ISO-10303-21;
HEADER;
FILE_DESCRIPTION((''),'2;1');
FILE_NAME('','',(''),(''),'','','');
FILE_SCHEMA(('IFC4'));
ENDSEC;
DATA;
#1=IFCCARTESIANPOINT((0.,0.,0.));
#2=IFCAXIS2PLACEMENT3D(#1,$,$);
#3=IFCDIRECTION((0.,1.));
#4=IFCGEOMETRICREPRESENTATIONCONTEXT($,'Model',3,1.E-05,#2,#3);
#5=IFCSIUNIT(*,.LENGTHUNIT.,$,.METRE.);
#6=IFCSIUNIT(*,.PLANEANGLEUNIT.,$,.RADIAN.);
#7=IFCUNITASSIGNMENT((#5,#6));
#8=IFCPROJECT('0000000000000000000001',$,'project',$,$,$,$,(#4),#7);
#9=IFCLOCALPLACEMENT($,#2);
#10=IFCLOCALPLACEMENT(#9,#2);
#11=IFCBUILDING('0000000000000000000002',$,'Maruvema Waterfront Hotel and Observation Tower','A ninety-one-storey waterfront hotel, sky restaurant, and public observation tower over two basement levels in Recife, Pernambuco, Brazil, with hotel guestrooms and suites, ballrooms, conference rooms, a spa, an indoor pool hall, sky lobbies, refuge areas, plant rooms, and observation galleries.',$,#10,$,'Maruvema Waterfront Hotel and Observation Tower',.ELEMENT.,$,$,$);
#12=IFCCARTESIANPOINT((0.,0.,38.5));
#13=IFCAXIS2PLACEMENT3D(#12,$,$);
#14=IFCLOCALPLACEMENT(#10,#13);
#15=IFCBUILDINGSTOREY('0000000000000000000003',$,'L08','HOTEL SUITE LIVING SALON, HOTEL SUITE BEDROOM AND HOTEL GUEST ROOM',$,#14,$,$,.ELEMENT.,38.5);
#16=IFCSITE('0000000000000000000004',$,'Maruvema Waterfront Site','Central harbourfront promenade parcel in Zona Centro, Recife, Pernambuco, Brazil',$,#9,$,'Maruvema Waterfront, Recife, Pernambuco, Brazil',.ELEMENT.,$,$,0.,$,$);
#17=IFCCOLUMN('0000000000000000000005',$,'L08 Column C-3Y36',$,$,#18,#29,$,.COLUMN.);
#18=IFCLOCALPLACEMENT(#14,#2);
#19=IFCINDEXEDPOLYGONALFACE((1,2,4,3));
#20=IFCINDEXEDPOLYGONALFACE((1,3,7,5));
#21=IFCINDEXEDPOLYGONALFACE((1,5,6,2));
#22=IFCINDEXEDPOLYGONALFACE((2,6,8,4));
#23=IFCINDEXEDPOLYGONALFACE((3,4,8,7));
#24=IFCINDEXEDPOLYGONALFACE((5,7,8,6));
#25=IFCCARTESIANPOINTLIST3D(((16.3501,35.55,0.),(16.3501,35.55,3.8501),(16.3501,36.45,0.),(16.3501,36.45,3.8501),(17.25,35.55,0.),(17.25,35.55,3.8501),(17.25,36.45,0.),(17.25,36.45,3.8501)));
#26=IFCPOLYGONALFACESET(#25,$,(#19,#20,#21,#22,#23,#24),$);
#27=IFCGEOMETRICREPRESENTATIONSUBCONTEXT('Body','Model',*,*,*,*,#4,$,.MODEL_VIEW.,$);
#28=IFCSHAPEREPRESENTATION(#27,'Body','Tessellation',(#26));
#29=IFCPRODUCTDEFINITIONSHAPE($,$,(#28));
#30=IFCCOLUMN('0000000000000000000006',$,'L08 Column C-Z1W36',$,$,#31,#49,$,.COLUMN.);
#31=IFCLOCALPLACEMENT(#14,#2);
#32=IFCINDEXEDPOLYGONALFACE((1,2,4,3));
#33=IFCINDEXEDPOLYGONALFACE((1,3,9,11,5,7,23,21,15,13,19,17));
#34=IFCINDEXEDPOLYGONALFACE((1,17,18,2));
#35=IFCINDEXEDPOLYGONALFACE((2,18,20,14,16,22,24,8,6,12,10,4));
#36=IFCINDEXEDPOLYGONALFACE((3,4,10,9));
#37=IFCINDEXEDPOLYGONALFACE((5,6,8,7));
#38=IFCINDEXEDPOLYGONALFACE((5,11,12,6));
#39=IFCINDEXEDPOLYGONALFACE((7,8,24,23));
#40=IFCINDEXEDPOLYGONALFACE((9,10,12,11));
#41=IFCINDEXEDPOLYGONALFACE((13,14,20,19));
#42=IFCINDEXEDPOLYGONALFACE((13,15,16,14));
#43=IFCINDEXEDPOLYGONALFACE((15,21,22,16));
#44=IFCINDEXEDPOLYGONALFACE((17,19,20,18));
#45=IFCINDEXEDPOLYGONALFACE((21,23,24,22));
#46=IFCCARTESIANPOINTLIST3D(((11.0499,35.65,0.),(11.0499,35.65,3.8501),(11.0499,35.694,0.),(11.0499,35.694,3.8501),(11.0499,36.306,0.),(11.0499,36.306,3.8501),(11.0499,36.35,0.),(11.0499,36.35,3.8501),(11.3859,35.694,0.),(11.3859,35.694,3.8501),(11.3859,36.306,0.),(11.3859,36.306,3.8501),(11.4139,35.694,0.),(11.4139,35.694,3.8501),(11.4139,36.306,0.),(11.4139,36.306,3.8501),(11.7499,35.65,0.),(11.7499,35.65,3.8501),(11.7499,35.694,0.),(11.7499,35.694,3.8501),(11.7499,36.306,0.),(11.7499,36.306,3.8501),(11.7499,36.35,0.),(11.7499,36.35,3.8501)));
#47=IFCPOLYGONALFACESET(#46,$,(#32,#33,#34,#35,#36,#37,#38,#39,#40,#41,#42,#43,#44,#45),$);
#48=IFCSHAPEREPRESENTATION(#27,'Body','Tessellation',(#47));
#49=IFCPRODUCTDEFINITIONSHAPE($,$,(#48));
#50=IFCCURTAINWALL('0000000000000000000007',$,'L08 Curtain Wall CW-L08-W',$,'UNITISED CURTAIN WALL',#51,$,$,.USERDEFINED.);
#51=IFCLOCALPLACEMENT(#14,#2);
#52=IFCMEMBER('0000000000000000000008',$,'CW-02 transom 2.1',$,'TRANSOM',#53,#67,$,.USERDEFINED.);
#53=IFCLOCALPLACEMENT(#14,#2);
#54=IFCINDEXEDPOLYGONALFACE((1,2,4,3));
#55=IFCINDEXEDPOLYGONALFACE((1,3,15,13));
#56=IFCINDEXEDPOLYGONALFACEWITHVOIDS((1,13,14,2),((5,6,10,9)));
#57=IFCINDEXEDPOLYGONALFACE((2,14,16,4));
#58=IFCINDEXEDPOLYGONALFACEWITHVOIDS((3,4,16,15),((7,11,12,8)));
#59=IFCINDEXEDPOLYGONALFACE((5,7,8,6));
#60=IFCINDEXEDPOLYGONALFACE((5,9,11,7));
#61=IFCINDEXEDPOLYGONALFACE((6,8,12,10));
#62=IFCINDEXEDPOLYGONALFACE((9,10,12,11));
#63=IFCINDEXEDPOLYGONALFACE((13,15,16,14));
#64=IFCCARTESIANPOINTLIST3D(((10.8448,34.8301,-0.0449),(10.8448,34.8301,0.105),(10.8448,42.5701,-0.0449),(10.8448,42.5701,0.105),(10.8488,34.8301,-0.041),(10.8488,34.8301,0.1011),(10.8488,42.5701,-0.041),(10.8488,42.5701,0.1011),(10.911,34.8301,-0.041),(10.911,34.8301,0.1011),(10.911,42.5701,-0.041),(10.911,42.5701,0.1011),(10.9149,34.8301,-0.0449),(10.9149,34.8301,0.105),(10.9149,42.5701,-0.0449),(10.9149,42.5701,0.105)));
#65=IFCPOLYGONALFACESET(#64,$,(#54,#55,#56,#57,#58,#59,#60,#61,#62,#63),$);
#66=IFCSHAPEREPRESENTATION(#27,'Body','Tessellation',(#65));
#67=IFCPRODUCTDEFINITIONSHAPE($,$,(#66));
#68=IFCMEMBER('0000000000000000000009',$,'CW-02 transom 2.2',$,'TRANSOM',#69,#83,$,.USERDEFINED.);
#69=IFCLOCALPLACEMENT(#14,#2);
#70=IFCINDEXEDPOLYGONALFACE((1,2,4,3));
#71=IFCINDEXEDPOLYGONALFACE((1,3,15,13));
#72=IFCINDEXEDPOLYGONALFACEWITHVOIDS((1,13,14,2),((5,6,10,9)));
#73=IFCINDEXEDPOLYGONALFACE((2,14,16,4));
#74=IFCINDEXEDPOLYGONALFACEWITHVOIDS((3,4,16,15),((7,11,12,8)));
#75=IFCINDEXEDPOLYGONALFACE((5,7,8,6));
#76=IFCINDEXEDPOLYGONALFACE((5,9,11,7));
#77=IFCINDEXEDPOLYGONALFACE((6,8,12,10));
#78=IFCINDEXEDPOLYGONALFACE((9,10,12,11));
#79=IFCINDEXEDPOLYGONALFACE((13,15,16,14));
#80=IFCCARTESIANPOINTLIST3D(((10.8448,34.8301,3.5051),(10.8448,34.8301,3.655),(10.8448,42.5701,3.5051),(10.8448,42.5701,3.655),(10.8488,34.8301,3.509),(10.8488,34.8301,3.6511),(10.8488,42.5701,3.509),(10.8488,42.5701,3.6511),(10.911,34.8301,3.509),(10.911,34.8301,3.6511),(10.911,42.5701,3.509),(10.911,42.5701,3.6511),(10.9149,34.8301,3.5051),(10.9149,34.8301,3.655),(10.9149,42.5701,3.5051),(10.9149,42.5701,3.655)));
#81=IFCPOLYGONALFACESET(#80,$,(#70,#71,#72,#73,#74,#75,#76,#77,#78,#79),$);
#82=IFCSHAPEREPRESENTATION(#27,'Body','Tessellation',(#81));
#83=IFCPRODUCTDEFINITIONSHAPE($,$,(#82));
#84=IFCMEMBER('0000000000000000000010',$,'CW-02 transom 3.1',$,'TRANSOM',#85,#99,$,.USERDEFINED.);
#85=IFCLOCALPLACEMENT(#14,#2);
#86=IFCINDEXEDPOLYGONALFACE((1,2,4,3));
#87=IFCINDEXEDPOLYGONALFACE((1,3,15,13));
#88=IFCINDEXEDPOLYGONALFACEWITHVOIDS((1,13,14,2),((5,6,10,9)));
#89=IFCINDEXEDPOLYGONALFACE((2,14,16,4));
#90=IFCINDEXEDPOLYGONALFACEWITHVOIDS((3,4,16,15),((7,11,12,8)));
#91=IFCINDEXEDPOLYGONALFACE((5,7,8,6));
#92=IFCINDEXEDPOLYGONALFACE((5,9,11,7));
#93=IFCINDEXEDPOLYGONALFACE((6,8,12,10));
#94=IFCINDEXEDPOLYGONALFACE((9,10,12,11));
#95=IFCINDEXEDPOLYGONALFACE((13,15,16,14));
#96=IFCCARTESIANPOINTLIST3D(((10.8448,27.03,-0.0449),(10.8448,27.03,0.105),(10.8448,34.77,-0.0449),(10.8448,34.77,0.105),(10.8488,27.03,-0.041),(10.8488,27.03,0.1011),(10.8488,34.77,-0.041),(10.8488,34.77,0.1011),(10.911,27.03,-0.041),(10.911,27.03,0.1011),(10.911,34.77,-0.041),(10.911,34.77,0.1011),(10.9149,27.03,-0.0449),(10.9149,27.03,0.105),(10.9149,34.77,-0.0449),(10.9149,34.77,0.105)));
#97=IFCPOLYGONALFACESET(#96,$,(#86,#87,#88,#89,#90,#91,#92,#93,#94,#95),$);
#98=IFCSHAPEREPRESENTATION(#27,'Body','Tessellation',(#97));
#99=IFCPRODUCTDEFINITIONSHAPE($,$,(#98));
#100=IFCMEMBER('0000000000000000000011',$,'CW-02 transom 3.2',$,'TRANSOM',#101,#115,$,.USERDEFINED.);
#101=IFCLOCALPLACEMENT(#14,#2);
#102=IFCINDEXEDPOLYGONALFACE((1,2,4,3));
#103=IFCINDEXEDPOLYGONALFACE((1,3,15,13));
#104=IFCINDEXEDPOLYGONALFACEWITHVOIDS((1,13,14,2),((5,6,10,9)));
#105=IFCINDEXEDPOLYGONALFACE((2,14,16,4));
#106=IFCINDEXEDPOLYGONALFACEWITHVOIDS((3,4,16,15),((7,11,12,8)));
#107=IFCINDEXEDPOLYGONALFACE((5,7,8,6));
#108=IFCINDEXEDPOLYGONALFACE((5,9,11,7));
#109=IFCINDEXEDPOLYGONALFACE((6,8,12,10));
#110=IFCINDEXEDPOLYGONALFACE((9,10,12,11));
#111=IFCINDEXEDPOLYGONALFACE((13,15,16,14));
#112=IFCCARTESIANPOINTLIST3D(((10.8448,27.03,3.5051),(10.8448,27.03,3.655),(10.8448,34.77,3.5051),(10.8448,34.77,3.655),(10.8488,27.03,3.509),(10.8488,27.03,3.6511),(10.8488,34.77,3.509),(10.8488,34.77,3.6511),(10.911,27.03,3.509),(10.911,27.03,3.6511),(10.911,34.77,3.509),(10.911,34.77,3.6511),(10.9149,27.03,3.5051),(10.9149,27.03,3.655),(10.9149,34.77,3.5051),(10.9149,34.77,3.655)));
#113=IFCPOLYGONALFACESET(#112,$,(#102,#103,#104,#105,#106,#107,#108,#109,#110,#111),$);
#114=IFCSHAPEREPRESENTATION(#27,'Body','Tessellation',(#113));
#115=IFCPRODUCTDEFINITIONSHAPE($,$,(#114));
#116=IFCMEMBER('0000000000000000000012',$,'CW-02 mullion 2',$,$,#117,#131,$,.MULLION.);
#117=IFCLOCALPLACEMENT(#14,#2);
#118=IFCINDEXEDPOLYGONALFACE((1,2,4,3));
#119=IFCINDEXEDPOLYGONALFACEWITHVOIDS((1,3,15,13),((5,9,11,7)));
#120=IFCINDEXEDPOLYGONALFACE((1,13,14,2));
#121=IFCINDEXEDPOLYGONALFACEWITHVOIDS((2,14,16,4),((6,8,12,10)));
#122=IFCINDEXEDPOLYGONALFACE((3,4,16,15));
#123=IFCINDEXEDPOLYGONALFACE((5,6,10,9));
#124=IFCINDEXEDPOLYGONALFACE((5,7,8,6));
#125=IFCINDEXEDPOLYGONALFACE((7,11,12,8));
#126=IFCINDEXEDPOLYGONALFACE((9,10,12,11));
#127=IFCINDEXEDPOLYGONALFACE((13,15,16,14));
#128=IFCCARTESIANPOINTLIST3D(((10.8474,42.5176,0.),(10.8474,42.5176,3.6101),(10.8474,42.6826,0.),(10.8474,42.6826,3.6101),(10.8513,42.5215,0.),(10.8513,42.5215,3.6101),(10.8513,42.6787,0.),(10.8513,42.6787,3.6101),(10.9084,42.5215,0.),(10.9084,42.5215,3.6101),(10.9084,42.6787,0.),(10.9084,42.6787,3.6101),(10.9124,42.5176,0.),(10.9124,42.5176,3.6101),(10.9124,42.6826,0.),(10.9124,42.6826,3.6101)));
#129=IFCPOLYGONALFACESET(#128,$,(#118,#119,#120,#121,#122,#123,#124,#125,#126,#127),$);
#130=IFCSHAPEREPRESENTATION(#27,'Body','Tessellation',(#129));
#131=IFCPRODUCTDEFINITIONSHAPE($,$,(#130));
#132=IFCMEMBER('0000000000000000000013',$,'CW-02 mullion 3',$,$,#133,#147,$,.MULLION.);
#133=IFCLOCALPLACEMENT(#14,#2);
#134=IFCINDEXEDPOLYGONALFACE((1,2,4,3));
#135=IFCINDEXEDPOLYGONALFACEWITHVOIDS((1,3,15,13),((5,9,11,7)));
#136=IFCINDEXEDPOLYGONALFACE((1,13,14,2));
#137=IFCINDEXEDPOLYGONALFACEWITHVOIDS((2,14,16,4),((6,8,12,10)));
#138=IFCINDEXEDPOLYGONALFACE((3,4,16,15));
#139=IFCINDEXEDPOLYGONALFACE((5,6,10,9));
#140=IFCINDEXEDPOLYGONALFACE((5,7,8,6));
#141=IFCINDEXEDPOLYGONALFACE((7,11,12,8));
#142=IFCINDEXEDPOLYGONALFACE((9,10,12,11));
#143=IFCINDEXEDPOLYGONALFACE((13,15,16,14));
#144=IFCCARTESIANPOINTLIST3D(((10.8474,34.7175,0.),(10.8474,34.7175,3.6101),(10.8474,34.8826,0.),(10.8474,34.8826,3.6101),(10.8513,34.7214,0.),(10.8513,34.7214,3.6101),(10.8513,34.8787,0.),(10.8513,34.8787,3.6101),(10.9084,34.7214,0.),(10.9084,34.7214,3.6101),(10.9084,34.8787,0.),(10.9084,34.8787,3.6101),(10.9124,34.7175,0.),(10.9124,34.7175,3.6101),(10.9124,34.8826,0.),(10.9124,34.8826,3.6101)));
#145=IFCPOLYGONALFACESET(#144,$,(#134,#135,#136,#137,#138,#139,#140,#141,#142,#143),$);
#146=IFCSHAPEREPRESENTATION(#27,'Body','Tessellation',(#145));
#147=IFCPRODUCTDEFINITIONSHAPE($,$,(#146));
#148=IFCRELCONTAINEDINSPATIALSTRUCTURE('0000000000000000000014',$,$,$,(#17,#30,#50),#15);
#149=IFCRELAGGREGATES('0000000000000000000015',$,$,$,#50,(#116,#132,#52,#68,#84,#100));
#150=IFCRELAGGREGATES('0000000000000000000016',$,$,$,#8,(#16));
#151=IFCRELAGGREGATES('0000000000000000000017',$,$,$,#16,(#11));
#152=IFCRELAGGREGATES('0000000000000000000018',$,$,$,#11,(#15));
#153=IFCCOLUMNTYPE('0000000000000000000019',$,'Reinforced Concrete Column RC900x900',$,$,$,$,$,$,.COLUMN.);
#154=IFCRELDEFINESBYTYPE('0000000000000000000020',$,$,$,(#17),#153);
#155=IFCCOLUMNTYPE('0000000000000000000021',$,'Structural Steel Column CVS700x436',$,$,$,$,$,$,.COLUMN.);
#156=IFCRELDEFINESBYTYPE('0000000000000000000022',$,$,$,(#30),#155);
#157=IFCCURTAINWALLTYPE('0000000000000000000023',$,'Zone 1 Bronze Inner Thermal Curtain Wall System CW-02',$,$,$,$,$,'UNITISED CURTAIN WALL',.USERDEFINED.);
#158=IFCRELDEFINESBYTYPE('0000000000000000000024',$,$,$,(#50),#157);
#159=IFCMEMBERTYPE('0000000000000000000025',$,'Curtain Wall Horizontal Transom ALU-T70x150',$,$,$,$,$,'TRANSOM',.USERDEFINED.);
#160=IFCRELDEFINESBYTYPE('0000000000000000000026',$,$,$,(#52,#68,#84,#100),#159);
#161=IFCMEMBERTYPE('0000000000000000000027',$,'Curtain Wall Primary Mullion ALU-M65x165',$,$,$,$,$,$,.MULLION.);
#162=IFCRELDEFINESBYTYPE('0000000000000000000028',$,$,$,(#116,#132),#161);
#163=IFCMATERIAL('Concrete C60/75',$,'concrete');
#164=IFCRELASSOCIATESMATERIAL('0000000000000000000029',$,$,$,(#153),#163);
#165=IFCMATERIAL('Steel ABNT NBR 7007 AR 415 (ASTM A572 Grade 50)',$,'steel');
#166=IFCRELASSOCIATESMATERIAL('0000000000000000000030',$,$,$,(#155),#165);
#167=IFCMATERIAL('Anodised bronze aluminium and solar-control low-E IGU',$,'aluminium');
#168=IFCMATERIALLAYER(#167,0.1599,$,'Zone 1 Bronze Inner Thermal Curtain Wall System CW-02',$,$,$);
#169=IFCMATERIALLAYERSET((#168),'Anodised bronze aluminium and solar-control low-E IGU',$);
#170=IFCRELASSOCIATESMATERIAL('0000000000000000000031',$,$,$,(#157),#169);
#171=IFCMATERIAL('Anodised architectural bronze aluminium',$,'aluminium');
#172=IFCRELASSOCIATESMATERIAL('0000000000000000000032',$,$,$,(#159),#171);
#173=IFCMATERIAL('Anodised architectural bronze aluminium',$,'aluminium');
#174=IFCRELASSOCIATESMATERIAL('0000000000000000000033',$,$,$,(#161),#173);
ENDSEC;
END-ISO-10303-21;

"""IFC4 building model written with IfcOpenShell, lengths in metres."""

from ifc_helpers import new_model, si_unit, direction, frame, origin, origin_2d, place, context, subcontext, project, spatial, rectangle, hollow_rectangle, i_section, extrude, material, layer, layer_set, material_profile, profile_set, type_object, element, aggregate, save


model = new_model("IFC4")

# Units and contexts
model_context = context("Model", 3, precision=1e-05, world=origin(), true_north=direction((0.0, 1.0)))
body_context = subcontext(model_context, "Body", "Model", "MODEL_VIEW")
ifc_project = project(units=[si_unit("LENGTHUNIT", "METRE"), si_unit("PLANEANGLEUNIT", "RADIAN")], contexts=[model_context])

# Site, building, storey
site_placement = place(None, origin())
site = spatial("IfcSite", under=ifc_project, at=site_placement, Name="Maruvema Waterfront Site", Description="Central harbourfront promenade parcel in Zona Centro, Recife, Pernambuco, Brazil", LongName="Maruvema Waterfront, Recife, Pernambuco, Brazil", CompositionType="ELEMENT", RefElevation=0.0)
building_placement = place(site_placement, origin())
building = spatial("IfcBuilding", under=site, at=building_placement, Name="Maruvema Waterfront Hotel and Observation Tower", Description="A ninety-one-storey waterfront hotel, sky restaurant, and public observation tower over two basement levels in Recife, Pernambuco, Brazil, with hotel guestrooms and suites, ballrooms, conference rooms, a spa, an indoor pool hall, sky lobbies, refuge areas, plant rooms, and observation galleries.", LongName="Maruvema Waterfront Hotel and Observation Tower", CompositionType="ELEMENT")
storey_placement = place(building_placement, frame((0.0, 0.0, 38.5)))
storey = spatial("IfcBuildingStorey", under=building, at=storey_placement, Name="L08", Description="HOTEL SUITE LIVING SALON, HOTEL SUITE BEDROOM AND HOTEL GUEST ROOM", CompositionType="ELEMENT", Elevation=38.5)

# Columns
ifc_material_1 = material(Name="Concrete C60/75", Category="concrete")
ifc_material_profile_1 = material_profile(ifc_material_1, rectangle(XDim=0.8999, YDim=0.8999, at=origin_2d()), Name="RC900x900")
ifc_profile_set_1 = profile_set([ifc_material_profile_1], Name="Concrete C60/75")
column_type_1 = type_object("IfcColumnType", Name="Reinforced Concrete Column RC900x900", PredefinedType="COLUMN", material=ifc_profile_set_1)
column_1_placement = place(storey_placement, frame((16.8, 36.0, 0.0), z_axis=(0.0, 0.0, 1.0), x_axis=(1.0, 0.0, 0.0)))
element("IfcColumn", 1, at=column_1_placement, inside=storey, type_object=column_type_1, Name="L08 Column C-3Y36", PredefinedType="COLUMN", context=body_context, shape_type="SweptSolid", body=[
    extrude(rectangle(XDim=0.8999, YDim=0.8999, at=origin_2d()), origin(), (0.0, 0.0, 1.0), 3.8501),
])
ifc_material_2 = material(Name="Steel ABNT NBR 7007 AR 415 (ASTM A572 Grade 50)", Category="steel")
ifc_material_profile_2 = material_profile(ifc_material_2, i_section(OverallWidth=0.7, OverallDepth=0.7, WebThickness=0.0281, FlangeThickness=0.0439, at=origin_2d()), Name="CVS700x436")
ifc_profile_set_2 = profile_set([ifc_material_profile_2], Name="Steel ABNT NBR 7007 AR 415 (ASTM A572 Grade 50)")
column_type_2 = type_object("IfcColumnType", Name="Structural Steel Column CVS700x436", PredefinedType="COLUMN", material=ifc_profile_set_2)
column_2_placement = place(storey_placement, frame((11.3999, 36.0, 0.0), z_axis=(0.0, 0.0, 1.0), x_axis=(1.0, 0.0, 0.0)))
element("IfcColumn", 2, at=column_2_placement, inside=storey, type_object=column_type_2, Name="L08 Column C-Z1W36", PredefinedType="COLUMN", context=body_context, shape_type="SweptSolid", body=[
    extrude(i_section(OverallWidth=0.7, OverallDepth=0.7, WebThickness=0.0281, FlangeThickness=0.0439, at=origin_2d()), origin(), (0.0, 0.0, 1.0), 3.8501),
])

# Curtain wall, members
ifc_material_3 = material(Name="Anodised bronze aluminium and solar-control low-E IGU", Category="aluminium")
ifc_layer_1 = layer(ifc_material_3, 0.1599, Name="Zone 1 Bronze Inner Thermal Curtain Wall System CW-02")
ifc_layer_set_1 = layer_set([ifc_layer_1], Name="Anodised bronze aluminium and solar-control low-E IGU")
curtain_wall_type = type_object("IfcCurtainWallType", Name="Zone 1 Bronze Inner Thermal Curtain Wall System CW-02", ElementType="UNITISED CURTAIN WALL", PredefinedType="USERDEFINED", material=ifc_layer_set_1)
curtain_wall_placement = place(storey_placement, origin())
curtain_wall = element("IfcCurtainWall", 3, at=curtain_wall_placement, inside=storey, type_object=curtain_wall_type, Name="L08 Curtain Wall CW-L08-W", ObjectType="UNITISED CURTAIN WALL", PredefinedType="USERDEFINED")
ifc_material_4 = material(Name="Anodised architectural bronze aluminium", Category="aluminium")
ifc_material_profile_3 = material_profile(ifc_material_4, hollow_rectangle(XDim=0.0701, YDim=0.1499, WallThickness=0.0039, at=origin_2d()), Name="ALU-T70x150")
ifc_profile_set_3 = profile_set([ifc_material_profile_3], Name="Anodised architectural bronze aluminium")
member_type_1 = type_object("IfcMemberType", Name="Curtain Wall Horizontal Transom ALU-T70x150", ElementType="TRANSOM", PredefinedType="USERDEFINED", material=ifc_profile_set_3)
member_1_placement = place(storey_placement, frame((10.8799, 42.5701, 0.03), z_axis=(0.0, -1.0, 0.0), x_axis=(1.0, 0.0, 0.0)))
member_1 = element("IfcMember", 4, at=member_1_placement, type_object=member_type_1, Name="CW-02 transom 2.1", ObjectType="TRANSOM", PredefinedType="USERDEFINED", context=body_context, shape_type="SweptSolid", body=[
    extrude(hollow_rectangle(XDim=0.0701, YDim=0.1499, WallThickness=0.0039, at=origin_2d()), origin(), (0.0, 0.0, 1.0), 7.74),
])
member_2_placement = place(storey_placement, frame((10.8799, 42.5701, 3.5801), z_axis=(0.0, -1.0, 0.0), x_axis=(1.0, 0.0, 0.0)))
member_2 = element("IfcMember", 5, at=member_2_placement, type_object=member_type_1, Name="CW-02 transom 2.2", ObjectType="TRANSOM", PredefinedType="USERDEFINED", context=body_context, shape_type="SweptSolid", body=[
    extrude(hollow_rectangle(XDim=0.0701, YDim=0.1499, WallThickness=0.0039, at=origin_2d()), origin(), (0.0, 0.0, 1.0), 7.74),
])
member_3_placement = place(storey_placement, frame((10.8799, 34.77, 0.03), z_axis=(0.0, -1.0, 0.0), x_axis=(1.0, 0.0, 0.0)))
member_3 = element("IfcMember", 6, at=member_3_placement, type_object=member_type_1, Name="CW-02 transom 3.1", ObjectType="TRANSOM", PredefinedType="USERDEFINED", context=body_context, shape_type="SweptSolid", body=[
    extrude(hollow_rectangle(XDim=0.0701, YDim=0.1499, WallThickness=0.0039, at=origin_2d()), origin(), (0.0, 0.0, 1.0), 7.74),
])
member_4_placement = place(storey_placement, frame((10.8799, 34.77, 3.5801), z_axis=(0.0, -1.0, 0.0), x_axis=(1.0, 0.0, 0.0)))
member_4 = element("IfcMember", 7, at=member_4_placement, type_object=member_type_1, Name="CW-02 transom 3.2", ObjectType="TRANSOM", PredefinedType="USERDEFINED", context=body_context, shape_type="SweptSolid", body=[
    extrude(hollow_rectangle(XDim=0.0701, YDim=0.1499, WallThickness=0.0039, at=origin_2d()), origin(), (0.0, 0.0, 1.0), 7.74),
])
ifc_material_5 = material(Name="Anodised architectural bronze aluminium", Category="aluminium")
ifc_material_profile_4 = material_profile(ifc_material_5, hollow_rectangle(XDim=0.0649, YDim=0.165, WallThickness=0.0039, at=origin_2d()), Name="ALU-M65x165")
ifc_profile_set_4 = profile_set([ifc_material_profile_4], Name="Anodised architectural bronze aluminium")
member_type_2 = type_object("IfcMemberType", Name="Curtain Wall Primary Mullion ALU-M65x165", PredefinedType="MULLION", material=ifc_profile_set_4)
member_5_placement = place(storey_placement, frame((10.8799, 42.6001, 0.0), z_axis=(0.0, 0.0, 1.0), x_axis=(1.0, 0.0, 0.0)))
member_5 = element("IfcMember", 8, at=member_5_placement, type_object=member_type_2, Name="CW-02 mullion 2", PredefinedType="MULLION", context=body_context, shape_type="SweptSolid", body=[
    extrude(hollow_rectangle(XDim=0.0649, YDim=0.165, WallThickness=0.0039, at=origin_2d()), origin(), (0.0, 0.0, 1.0), 3.6101),
])
member_6_placement = place(storey_placement, frame((10.8799, 34.8, 0.0), z_axis=(0.0, 0.0, 1.0), x_axis=(1.0, 0.0, 0.0)))
member_6 = element("IfcMember", 9, at=member_6_placement, type_object=member_type_2, Name="CW-02 mullion 3", PredefinedType="MULLION", context=body_context, shape_type="SweptSolid", body=[
    extrude(hollow_rectangle(XDim=0.0649, YDim=0.165, WallThickness=0.0039, at=origin_2d()), origin(), (0.0, 0.0, 1.0), 3.6101),
])

aggregate(curtain_wall, [member_5, member_6, member_1, member_2, member_3, member_4])

save(model, "model.ifc")
